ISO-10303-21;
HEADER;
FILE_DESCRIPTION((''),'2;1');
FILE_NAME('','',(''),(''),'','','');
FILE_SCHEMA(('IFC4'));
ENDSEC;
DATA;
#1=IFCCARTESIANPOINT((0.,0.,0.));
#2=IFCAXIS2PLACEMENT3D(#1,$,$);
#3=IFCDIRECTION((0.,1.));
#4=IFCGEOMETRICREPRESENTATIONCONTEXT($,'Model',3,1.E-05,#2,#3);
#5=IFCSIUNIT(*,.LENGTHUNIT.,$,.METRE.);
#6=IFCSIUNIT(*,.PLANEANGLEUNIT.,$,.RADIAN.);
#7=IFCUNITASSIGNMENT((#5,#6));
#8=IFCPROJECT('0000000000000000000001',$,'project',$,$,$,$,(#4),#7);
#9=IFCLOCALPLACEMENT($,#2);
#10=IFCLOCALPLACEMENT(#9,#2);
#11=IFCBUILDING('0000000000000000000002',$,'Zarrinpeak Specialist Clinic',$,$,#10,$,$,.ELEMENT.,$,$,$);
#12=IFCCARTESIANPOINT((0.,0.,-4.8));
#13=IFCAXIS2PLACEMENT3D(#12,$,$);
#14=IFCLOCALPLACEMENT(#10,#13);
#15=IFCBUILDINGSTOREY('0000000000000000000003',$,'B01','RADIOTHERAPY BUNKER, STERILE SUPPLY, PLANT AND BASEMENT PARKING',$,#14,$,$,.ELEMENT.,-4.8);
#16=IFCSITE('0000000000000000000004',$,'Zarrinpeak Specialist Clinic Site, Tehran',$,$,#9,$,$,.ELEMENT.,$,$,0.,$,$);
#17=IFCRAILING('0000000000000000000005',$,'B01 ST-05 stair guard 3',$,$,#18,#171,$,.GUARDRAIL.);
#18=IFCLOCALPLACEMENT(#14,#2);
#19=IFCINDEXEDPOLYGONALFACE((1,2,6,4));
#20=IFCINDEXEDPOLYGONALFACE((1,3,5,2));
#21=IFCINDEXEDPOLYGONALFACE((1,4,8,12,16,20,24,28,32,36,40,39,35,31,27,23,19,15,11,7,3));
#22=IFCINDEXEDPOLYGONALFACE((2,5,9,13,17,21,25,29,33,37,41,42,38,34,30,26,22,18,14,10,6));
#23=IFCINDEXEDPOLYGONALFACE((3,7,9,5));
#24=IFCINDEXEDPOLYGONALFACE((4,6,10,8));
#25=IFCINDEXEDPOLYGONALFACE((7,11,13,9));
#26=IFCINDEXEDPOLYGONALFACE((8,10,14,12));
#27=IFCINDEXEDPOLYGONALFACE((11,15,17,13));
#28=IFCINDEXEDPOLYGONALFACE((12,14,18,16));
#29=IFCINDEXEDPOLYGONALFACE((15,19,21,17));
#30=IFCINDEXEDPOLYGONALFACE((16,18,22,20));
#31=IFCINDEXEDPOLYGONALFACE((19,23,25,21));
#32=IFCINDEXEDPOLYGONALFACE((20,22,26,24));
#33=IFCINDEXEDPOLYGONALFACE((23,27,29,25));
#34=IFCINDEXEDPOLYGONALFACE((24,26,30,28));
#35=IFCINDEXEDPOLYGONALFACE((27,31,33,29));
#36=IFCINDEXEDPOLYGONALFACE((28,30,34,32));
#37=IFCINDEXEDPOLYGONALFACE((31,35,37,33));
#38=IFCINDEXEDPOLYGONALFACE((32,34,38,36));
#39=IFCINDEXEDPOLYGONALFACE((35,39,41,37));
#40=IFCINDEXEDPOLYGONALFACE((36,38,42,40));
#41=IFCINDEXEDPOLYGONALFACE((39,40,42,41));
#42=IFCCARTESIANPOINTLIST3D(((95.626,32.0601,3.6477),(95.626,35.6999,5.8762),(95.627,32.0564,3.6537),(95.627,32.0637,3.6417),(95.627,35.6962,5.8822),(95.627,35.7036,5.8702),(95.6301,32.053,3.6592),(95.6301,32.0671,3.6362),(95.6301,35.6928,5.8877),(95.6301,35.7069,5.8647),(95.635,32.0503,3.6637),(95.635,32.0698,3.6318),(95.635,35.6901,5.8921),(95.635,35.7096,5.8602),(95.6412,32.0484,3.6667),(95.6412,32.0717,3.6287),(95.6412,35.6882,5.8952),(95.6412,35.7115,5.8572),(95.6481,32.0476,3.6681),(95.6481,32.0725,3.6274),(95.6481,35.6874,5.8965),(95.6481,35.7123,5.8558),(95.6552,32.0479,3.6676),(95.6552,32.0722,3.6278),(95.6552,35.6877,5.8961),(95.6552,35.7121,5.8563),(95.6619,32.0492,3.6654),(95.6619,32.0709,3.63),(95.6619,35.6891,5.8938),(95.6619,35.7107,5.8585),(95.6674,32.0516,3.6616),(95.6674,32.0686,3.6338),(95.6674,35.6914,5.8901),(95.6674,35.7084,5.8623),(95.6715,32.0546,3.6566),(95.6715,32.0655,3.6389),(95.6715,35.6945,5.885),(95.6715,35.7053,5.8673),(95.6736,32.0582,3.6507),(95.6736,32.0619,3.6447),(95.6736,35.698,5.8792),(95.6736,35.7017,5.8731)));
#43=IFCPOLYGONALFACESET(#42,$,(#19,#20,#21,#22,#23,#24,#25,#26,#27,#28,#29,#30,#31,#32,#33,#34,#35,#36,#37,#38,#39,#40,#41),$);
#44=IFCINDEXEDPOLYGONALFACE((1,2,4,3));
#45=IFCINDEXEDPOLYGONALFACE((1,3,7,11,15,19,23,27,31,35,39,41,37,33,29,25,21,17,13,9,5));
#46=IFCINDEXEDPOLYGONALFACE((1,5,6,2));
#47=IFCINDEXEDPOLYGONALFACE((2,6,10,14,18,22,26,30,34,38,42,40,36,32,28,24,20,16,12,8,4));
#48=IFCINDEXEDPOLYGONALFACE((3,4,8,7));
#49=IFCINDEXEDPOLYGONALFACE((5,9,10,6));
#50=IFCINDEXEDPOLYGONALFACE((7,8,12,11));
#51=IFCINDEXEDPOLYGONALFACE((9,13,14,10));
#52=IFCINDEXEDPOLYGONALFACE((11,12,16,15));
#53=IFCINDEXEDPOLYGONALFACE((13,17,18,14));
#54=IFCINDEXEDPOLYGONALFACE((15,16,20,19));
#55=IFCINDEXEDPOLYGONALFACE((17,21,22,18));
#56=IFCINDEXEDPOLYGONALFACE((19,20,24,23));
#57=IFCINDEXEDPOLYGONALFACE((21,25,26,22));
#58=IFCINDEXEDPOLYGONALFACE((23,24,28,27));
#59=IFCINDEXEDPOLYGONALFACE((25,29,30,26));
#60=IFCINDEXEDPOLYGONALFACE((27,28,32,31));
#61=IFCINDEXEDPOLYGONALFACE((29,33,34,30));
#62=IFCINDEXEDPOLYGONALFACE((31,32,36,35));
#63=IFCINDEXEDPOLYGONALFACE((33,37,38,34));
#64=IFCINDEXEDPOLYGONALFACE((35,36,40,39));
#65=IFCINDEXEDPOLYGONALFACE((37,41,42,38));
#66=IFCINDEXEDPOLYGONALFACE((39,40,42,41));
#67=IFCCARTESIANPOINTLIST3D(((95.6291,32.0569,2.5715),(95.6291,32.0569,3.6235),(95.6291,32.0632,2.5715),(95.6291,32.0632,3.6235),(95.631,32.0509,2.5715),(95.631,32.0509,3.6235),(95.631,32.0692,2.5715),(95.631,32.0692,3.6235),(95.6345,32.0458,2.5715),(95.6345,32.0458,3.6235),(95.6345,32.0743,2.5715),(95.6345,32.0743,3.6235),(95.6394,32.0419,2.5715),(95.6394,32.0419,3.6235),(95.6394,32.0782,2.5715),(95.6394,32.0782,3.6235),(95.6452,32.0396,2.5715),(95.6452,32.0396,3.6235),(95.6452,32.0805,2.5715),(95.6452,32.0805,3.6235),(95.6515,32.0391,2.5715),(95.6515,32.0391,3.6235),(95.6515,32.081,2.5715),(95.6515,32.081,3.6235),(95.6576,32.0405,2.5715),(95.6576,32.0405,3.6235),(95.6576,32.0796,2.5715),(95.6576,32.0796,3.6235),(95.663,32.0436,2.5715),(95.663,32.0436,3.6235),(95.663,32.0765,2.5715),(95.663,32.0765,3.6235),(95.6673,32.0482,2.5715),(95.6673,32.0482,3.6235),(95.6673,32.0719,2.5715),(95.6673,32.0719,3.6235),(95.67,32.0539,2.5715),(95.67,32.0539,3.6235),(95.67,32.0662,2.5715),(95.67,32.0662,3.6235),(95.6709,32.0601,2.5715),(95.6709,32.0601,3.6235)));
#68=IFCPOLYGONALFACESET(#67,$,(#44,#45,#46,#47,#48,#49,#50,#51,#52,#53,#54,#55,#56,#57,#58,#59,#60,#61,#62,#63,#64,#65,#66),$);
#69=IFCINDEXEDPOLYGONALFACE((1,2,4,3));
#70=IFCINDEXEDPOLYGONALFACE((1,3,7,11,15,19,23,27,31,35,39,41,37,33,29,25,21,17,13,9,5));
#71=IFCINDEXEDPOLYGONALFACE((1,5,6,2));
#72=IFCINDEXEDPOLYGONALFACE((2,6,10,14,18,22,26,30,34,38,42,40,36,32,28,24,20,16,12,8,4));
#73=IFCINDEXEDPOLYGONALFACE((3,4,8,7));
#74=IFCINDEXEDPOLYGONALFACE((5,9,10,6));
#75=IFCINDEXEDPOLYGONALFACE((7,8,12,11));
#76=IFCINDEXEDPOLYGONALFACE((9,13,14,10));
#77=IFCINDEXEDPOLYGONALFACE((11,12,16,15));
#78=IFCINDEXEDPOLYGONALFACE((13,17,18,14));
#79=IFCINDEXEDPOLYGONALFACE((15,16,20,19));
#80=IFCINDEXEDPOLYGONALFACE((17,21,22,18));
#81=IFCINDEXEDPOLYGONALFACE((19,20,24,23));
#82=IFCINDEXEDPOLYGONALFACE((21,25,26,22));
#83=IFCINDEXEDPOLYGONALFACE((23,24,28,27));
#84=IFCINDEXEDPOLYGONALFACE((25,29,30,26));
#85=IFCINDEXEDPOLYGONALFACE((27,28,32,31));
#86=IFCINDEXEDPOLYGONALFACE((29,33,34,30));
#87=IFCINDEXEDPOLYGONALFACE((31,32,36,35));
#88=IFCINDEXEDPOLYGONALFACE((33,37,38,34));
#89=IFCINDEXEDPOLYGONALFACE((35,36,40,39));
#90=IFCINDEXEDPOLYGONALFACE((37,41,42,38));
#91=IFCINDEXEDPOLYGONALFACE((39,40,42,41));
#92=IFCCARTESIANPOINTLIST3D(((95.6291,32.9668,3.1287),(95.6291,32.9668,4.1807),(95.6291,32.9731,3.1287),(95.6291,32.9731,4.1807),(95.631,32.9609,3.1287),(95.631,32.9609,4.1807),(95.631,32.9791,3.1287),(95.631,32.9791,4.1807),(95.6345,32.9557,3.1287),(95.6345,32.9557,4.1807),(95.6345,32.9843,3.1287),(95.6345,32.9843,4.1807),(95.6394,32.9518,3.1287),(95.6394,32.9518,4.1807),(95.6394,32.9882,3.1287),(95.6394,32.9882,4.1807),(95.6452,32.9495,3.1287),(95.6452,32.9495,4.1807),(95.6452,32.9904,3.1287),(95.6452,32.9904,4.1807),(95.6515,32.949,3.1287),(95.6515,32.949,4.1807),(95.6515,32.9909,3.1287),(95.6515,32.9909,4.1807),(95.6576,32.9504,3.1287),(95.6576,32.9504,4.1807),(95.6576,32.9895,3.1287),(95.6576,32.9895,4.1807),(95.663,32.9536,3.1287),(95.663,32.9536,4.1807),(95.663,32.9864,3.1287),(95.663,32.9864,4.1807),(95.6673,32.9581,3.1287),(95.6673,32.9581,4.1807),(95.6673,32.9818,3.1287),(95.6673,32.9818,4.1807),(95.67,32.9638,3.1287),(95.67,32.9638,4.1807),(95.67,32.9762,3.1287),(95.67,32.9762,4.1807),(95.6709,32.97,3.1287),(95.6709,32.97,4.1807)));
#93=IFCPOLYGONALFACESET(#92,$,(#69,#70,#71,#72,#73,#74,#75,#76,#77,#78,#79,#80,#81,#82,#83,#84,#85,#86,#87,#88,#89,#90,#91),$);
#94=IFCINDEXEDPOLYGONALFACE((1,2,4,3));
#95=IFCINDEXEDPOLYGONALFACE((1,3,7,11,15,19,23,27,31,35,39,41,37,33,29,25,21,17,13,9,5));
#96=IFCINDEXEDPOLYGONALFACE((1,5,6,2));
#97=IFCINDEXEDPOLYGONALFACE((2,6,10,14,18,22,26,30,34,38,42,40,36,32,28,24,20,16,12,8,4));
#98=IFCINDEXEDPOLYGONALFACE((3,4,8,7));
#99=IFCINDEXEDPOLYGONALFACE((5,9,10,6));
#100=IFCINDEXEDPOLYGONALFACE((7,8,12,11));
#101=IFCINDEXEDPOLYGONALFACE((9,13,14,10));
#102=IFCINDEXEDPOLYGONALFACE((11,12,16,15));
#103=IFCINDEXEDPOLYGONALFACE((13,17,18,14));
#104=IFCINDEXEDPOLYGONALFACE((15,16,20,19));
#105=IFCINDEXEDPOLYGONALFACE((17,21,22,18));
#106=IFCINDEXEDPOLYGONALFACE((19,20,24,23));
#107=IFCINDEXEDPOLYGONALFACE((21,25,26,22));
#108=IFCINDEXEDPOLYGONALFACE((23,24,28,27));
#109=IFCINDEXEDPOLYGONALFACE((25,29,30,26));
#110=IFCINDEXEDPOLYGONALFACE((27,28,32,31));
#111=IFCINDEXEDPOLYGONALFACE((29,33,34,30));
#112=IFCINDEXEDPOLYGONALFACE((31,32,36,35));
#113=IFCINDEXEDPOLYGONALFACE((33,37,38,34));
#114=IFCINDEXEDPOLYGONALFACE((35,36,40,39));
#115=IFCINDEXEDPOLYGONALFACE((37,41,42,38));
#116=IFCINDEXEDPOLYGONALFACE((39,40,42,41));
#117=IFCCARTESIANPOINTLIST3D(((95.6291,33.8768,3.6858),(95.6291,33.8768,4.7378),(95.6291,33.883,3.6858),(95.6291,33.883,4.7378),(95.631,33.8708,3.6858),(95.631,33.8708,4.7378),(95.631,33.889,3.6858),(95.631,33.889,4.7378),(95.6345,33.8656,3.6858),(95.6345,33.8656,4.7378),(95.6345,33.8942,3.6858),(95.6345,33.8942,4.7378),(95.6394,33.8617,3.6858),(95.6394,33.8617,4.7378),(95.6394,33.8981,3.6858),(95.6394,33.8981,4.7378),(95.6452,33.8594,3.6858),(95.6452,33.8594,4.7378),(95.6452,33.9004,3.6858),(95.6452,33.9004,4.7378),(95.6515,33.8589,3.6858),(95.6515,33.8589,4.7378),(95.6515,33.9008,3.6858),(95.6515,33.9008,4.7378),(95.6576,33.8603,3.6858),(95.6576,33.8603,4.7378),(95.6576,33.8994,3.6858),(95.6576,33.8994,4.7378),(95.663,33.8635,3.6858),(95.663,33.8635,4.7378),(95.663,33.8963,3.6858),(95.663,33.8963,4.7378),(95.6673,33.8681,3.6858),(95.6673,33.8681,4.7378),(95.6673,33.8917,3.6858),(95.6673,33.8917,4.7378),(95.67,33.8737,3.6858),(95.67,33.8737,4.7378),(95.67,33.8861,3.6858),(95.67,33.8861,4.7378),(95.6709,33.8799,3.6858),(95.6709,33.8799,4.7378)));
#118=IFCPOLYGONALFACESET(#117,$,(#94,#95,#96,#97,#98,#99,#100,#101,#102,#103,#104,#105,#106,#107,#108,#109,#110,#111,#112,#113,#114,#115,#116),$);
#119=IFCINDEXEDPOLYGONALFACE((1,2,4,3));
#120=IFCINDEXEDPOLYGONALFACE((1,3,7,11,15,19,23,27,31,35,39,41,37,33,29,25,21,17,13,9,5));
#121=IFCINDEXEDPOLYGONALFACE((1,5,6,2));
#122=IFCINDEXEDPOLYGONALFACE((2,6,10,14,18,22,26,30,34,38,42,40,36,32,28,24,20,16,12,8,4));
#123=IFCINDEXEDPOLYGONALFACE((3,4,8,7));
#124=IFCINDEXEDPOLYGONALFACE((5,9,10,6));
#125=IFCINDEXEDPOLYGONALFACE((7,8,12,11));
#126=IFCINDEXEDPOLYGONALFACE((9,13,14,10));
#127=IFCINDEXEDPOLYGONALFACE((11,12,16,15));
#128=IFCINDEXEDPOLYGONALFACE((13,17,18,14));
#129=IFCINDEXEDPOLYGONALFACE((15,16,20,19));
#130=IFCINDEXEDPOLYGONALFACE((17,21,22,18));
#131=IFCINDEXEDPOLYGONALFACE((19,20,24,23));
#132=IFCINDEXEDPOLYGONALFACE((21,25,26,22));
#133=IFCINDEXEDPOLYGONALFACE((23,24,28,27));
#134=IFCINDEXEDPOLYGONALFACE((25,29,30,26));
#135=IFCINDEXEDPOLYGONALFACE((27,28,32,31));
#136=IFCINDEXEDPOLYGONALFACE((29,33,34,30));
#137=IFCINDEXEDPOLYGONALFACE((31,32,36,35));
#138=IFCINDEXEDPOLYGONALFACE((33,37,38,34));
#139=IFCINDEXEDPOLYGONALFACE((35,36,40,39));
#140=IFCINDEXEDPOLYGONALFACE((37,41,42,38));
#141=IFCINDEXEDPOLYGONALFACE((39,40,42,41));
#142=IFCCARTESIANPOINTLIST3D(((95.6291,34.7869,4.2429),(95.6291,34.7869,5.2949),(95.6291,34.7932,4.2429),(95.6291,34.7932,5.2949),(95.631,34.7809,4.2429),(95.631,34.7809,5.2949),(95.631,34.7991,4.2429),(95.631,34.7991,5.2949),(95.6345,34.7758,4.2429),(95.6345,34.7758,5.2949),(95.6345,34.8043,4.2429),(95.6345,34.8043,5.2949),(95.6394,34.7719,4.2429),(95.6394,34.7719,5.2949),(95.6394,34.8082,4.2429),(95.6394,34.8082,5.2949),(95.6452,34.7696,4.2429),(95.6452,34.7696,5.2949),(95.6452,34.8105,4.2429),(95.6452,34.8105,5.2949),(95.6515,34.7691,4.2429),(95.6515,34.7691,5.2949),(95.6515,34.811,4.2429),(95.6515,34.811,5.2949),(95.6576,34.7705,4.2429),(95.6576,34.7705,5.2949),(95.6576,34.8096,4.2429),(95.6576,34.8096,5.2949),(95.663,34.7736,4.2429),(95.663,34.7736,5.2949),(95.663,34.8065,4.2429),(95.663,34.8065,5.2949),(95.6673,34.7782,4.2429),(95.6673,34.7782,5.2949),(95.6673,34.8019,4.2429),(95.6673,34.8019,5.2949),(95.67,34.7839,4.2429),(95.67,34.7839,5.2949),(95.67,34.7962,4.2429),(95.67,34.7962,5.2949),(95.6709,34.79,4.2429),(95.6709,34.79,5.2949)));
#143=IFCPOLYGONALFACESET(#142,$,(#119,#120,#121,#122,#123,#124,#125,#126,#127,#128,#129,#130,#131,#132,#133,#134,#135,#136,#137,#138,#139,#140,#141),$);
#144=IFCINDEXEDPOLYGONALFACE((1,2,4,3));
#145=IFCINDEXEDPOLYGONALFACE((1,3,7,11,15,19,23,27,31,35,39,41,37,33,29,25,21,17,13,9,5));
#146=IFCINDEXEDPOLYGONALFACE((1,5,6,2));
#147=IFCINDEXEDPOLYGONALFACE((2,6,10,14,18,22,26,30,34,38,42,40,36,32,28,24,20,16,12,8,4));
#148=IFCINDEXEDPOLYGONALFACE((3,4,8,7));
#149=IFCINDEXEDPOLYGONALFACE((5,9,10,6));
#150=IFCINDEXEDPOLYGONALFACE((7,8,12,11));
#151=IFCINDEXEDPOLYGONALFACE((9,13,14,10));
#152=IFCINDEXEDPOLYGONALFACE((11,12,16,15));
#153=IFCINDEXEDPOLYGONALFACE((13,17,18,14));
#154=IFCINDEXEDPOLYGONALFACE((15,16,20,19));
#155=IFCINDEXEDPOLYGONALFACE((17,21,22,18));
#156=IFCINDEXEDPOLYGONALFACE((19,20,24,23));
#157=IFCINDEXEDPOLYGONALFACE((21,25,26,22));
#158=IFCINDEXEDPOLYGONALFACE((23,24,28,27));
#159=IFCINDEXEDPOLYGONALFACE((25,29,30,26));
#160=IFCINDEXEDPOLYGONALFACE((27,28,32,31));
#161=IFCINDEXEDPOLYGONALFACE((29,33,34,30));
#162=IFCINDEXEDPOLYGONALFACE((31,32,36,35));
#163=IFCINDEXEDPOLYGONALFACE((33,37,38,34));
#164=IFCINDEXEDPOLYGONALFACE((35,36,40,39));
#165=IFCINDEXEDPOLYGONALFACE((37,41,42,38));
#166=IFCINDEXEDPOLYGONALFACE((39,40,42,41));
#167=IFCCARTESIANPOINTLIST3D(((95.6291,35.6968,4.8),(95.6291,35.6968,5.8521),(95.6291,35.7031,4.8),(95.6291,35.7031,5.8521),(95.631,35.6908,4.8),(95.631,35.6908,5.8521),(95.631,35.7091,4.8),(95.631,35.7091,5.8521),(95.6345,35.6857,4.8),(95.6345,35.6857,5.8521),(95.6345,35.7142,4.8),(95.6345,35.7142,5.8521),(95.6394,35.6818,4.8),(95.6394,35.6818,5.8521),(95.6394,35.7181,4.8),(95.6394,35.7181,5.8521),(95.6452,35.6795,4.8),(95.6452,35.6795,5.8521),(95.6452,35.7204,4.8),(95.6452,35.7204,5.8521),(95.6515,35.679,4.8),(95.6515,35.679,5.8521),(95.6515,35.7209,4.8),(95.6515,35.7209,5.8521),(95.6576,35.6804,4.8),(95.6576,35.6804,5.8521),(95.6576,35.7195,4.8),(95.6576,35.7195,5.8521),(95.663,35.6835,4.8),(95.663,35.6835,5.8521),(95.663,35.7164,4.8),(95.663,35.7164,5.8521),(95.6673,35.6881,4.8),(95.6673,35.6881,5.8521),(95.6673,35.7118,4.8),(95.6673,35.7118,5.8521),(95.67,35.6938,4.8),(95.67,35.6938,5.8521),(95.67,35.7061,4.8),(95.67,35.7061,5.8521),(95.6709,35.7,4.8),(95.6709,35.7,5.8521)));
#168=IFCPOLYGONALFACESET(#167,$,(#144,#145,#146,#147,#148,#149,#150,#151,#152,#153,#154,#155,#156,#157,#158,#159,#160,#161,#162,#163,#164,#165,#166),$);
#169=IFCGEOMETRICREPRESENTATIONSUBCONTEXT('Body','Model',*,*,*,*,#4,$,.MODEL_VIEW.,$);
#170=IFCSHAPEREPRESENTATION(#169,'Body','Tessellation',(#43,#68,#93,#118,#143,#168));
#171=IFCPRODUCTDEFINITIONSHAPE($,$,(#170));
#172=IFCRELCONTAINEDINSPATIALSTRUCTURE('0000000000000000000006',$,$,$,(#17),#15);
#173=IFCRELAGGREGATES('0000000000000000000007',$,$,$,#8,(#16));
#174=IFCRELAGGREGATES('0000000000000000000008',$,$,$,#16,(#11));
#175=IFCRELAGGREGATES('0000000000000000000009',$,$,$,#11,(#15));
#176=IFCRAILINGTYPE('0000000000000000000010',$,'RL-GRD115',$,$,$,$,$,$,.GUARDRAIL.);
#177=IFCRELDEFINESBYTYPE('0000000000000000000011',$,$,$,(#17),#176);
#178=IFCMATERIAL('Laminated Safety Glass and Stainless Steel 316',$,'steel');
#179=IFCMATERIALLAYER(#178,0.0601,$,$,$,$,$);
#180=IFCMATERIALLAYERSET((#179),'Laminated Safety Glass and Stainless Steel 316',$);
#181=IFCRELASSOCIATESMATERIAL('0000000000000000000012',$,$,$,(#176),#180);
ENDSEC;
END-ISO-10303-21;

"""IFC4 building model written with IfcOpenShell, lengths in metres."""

from ifc_helpers import new_model, si_unit, direction, frame, origin, origin_2d, place, context, subcontext, project, spatial, circle, extrude, material, layer, layer_set, type_object, element, save


model = new_model("IFC4")

# Units and contexts
model_context = context("Model", 3, precision=1e-05, world=origin(), true_north=direction((0.0, 1.0)))
body_context = subcontext(model_context, "Body", "Model", "MODEL_VIEW")
ifc_project = project(units=[si_unit("LENGTHUNIT", "METRE"), si_unit("PLANEANGLEUNIT", "RADIAN")], contexts=[model_context])

# Site, building, storey
site_placement = place(None, origin())
site = spatial("IfcSite", under=ifc_project, at=site_placement, Name="Zarrinpeak Specialist Clinic Site, Tehran", CompositionType="ELEMENT", RefElevation=0.0)
building_placement = place(site_placement, origin())
building = spatial("IfcBuilding", under=site, at=building_placement, Name="Zarrinpeak Specialist Clinic", CompositionType="ELEMENT")
storey_placement = place(building_placement, frame((0.0, 0.0, -4.8)))
storey = spatial("IfcBuildingStorey", under=building, at=storey_placement, Name="B01", Description="RADIOTHERAPY BUNKER, STERILE SUPPLY, PLANT AND BASEMENT PARKING", CompositionType="ELEMENT", Elevation=-4.8)

# Railing
ifc_material_1 = material(Name="Laminated Safety Glass and Stainless Steel 316", Category="steel")
ifc_layer_1 = layer(ifc_material_1, 0.0601)
ifc_layer_set_1 = layer_set([ifc_layer_1], Name="Laminated Safety Glass and Stainless Steel 316")
railing_type_1 = type_object("IfcRailingType", Name="RL-GRD115", PredefinedType="GUARDRAIL", material=ifc_layer_set_1)
railing_1_placement = place(storey_placement, frame((95.6499, 32.0601, 2.5715)))
element("IfcRailing", 1, at=railing_1_placement, inside=storey, type_object=railing_type_1, Name="B01 ST-05 stair guard 3", PredefinedType="GUARDRAIL", context=body_context, shape_type="SweptSolid", body=[
    extrude(circle(Radius=0.0239, at=origin_2d()), frame((0.0, 0.0, 1.0762), z_axis=(0.0, 0.85285, 0.522156), x_axis=(-1.0, 0.0, 0.0)), (0.0, 0.0, 1.0), 4.2678),
    extrude(circle(Radius=0.021, at=origin_2d()), origin(), (0.0, 0.0, 1.0), 1.052),
    extrude(circle(Radius=0.021, at=origin_2d()), frame((0.0, 0.9099, 0.5571)), (0.0, 0.0, 1.0), 1.052),
    extrude(circle(Radius=0.021, at=origin_2d()), frame((0.0, 1.8198, 1.1143)), (0.0, 0.0, 1.0), 1.052),
    extrude(circle(Radius=0.021, at=origin_2d()), frame((0.0, 2.73, 1.6714)), (0.0, 0.0, 1.0), 1.052),
    extrude(circle(Radius=0.021, at=origin_2d()), frame((0.0, 3.6399, 2.2285)), (0.0, 0.0, 1.0), 1.052),
])

save(model, "model.ifc")
